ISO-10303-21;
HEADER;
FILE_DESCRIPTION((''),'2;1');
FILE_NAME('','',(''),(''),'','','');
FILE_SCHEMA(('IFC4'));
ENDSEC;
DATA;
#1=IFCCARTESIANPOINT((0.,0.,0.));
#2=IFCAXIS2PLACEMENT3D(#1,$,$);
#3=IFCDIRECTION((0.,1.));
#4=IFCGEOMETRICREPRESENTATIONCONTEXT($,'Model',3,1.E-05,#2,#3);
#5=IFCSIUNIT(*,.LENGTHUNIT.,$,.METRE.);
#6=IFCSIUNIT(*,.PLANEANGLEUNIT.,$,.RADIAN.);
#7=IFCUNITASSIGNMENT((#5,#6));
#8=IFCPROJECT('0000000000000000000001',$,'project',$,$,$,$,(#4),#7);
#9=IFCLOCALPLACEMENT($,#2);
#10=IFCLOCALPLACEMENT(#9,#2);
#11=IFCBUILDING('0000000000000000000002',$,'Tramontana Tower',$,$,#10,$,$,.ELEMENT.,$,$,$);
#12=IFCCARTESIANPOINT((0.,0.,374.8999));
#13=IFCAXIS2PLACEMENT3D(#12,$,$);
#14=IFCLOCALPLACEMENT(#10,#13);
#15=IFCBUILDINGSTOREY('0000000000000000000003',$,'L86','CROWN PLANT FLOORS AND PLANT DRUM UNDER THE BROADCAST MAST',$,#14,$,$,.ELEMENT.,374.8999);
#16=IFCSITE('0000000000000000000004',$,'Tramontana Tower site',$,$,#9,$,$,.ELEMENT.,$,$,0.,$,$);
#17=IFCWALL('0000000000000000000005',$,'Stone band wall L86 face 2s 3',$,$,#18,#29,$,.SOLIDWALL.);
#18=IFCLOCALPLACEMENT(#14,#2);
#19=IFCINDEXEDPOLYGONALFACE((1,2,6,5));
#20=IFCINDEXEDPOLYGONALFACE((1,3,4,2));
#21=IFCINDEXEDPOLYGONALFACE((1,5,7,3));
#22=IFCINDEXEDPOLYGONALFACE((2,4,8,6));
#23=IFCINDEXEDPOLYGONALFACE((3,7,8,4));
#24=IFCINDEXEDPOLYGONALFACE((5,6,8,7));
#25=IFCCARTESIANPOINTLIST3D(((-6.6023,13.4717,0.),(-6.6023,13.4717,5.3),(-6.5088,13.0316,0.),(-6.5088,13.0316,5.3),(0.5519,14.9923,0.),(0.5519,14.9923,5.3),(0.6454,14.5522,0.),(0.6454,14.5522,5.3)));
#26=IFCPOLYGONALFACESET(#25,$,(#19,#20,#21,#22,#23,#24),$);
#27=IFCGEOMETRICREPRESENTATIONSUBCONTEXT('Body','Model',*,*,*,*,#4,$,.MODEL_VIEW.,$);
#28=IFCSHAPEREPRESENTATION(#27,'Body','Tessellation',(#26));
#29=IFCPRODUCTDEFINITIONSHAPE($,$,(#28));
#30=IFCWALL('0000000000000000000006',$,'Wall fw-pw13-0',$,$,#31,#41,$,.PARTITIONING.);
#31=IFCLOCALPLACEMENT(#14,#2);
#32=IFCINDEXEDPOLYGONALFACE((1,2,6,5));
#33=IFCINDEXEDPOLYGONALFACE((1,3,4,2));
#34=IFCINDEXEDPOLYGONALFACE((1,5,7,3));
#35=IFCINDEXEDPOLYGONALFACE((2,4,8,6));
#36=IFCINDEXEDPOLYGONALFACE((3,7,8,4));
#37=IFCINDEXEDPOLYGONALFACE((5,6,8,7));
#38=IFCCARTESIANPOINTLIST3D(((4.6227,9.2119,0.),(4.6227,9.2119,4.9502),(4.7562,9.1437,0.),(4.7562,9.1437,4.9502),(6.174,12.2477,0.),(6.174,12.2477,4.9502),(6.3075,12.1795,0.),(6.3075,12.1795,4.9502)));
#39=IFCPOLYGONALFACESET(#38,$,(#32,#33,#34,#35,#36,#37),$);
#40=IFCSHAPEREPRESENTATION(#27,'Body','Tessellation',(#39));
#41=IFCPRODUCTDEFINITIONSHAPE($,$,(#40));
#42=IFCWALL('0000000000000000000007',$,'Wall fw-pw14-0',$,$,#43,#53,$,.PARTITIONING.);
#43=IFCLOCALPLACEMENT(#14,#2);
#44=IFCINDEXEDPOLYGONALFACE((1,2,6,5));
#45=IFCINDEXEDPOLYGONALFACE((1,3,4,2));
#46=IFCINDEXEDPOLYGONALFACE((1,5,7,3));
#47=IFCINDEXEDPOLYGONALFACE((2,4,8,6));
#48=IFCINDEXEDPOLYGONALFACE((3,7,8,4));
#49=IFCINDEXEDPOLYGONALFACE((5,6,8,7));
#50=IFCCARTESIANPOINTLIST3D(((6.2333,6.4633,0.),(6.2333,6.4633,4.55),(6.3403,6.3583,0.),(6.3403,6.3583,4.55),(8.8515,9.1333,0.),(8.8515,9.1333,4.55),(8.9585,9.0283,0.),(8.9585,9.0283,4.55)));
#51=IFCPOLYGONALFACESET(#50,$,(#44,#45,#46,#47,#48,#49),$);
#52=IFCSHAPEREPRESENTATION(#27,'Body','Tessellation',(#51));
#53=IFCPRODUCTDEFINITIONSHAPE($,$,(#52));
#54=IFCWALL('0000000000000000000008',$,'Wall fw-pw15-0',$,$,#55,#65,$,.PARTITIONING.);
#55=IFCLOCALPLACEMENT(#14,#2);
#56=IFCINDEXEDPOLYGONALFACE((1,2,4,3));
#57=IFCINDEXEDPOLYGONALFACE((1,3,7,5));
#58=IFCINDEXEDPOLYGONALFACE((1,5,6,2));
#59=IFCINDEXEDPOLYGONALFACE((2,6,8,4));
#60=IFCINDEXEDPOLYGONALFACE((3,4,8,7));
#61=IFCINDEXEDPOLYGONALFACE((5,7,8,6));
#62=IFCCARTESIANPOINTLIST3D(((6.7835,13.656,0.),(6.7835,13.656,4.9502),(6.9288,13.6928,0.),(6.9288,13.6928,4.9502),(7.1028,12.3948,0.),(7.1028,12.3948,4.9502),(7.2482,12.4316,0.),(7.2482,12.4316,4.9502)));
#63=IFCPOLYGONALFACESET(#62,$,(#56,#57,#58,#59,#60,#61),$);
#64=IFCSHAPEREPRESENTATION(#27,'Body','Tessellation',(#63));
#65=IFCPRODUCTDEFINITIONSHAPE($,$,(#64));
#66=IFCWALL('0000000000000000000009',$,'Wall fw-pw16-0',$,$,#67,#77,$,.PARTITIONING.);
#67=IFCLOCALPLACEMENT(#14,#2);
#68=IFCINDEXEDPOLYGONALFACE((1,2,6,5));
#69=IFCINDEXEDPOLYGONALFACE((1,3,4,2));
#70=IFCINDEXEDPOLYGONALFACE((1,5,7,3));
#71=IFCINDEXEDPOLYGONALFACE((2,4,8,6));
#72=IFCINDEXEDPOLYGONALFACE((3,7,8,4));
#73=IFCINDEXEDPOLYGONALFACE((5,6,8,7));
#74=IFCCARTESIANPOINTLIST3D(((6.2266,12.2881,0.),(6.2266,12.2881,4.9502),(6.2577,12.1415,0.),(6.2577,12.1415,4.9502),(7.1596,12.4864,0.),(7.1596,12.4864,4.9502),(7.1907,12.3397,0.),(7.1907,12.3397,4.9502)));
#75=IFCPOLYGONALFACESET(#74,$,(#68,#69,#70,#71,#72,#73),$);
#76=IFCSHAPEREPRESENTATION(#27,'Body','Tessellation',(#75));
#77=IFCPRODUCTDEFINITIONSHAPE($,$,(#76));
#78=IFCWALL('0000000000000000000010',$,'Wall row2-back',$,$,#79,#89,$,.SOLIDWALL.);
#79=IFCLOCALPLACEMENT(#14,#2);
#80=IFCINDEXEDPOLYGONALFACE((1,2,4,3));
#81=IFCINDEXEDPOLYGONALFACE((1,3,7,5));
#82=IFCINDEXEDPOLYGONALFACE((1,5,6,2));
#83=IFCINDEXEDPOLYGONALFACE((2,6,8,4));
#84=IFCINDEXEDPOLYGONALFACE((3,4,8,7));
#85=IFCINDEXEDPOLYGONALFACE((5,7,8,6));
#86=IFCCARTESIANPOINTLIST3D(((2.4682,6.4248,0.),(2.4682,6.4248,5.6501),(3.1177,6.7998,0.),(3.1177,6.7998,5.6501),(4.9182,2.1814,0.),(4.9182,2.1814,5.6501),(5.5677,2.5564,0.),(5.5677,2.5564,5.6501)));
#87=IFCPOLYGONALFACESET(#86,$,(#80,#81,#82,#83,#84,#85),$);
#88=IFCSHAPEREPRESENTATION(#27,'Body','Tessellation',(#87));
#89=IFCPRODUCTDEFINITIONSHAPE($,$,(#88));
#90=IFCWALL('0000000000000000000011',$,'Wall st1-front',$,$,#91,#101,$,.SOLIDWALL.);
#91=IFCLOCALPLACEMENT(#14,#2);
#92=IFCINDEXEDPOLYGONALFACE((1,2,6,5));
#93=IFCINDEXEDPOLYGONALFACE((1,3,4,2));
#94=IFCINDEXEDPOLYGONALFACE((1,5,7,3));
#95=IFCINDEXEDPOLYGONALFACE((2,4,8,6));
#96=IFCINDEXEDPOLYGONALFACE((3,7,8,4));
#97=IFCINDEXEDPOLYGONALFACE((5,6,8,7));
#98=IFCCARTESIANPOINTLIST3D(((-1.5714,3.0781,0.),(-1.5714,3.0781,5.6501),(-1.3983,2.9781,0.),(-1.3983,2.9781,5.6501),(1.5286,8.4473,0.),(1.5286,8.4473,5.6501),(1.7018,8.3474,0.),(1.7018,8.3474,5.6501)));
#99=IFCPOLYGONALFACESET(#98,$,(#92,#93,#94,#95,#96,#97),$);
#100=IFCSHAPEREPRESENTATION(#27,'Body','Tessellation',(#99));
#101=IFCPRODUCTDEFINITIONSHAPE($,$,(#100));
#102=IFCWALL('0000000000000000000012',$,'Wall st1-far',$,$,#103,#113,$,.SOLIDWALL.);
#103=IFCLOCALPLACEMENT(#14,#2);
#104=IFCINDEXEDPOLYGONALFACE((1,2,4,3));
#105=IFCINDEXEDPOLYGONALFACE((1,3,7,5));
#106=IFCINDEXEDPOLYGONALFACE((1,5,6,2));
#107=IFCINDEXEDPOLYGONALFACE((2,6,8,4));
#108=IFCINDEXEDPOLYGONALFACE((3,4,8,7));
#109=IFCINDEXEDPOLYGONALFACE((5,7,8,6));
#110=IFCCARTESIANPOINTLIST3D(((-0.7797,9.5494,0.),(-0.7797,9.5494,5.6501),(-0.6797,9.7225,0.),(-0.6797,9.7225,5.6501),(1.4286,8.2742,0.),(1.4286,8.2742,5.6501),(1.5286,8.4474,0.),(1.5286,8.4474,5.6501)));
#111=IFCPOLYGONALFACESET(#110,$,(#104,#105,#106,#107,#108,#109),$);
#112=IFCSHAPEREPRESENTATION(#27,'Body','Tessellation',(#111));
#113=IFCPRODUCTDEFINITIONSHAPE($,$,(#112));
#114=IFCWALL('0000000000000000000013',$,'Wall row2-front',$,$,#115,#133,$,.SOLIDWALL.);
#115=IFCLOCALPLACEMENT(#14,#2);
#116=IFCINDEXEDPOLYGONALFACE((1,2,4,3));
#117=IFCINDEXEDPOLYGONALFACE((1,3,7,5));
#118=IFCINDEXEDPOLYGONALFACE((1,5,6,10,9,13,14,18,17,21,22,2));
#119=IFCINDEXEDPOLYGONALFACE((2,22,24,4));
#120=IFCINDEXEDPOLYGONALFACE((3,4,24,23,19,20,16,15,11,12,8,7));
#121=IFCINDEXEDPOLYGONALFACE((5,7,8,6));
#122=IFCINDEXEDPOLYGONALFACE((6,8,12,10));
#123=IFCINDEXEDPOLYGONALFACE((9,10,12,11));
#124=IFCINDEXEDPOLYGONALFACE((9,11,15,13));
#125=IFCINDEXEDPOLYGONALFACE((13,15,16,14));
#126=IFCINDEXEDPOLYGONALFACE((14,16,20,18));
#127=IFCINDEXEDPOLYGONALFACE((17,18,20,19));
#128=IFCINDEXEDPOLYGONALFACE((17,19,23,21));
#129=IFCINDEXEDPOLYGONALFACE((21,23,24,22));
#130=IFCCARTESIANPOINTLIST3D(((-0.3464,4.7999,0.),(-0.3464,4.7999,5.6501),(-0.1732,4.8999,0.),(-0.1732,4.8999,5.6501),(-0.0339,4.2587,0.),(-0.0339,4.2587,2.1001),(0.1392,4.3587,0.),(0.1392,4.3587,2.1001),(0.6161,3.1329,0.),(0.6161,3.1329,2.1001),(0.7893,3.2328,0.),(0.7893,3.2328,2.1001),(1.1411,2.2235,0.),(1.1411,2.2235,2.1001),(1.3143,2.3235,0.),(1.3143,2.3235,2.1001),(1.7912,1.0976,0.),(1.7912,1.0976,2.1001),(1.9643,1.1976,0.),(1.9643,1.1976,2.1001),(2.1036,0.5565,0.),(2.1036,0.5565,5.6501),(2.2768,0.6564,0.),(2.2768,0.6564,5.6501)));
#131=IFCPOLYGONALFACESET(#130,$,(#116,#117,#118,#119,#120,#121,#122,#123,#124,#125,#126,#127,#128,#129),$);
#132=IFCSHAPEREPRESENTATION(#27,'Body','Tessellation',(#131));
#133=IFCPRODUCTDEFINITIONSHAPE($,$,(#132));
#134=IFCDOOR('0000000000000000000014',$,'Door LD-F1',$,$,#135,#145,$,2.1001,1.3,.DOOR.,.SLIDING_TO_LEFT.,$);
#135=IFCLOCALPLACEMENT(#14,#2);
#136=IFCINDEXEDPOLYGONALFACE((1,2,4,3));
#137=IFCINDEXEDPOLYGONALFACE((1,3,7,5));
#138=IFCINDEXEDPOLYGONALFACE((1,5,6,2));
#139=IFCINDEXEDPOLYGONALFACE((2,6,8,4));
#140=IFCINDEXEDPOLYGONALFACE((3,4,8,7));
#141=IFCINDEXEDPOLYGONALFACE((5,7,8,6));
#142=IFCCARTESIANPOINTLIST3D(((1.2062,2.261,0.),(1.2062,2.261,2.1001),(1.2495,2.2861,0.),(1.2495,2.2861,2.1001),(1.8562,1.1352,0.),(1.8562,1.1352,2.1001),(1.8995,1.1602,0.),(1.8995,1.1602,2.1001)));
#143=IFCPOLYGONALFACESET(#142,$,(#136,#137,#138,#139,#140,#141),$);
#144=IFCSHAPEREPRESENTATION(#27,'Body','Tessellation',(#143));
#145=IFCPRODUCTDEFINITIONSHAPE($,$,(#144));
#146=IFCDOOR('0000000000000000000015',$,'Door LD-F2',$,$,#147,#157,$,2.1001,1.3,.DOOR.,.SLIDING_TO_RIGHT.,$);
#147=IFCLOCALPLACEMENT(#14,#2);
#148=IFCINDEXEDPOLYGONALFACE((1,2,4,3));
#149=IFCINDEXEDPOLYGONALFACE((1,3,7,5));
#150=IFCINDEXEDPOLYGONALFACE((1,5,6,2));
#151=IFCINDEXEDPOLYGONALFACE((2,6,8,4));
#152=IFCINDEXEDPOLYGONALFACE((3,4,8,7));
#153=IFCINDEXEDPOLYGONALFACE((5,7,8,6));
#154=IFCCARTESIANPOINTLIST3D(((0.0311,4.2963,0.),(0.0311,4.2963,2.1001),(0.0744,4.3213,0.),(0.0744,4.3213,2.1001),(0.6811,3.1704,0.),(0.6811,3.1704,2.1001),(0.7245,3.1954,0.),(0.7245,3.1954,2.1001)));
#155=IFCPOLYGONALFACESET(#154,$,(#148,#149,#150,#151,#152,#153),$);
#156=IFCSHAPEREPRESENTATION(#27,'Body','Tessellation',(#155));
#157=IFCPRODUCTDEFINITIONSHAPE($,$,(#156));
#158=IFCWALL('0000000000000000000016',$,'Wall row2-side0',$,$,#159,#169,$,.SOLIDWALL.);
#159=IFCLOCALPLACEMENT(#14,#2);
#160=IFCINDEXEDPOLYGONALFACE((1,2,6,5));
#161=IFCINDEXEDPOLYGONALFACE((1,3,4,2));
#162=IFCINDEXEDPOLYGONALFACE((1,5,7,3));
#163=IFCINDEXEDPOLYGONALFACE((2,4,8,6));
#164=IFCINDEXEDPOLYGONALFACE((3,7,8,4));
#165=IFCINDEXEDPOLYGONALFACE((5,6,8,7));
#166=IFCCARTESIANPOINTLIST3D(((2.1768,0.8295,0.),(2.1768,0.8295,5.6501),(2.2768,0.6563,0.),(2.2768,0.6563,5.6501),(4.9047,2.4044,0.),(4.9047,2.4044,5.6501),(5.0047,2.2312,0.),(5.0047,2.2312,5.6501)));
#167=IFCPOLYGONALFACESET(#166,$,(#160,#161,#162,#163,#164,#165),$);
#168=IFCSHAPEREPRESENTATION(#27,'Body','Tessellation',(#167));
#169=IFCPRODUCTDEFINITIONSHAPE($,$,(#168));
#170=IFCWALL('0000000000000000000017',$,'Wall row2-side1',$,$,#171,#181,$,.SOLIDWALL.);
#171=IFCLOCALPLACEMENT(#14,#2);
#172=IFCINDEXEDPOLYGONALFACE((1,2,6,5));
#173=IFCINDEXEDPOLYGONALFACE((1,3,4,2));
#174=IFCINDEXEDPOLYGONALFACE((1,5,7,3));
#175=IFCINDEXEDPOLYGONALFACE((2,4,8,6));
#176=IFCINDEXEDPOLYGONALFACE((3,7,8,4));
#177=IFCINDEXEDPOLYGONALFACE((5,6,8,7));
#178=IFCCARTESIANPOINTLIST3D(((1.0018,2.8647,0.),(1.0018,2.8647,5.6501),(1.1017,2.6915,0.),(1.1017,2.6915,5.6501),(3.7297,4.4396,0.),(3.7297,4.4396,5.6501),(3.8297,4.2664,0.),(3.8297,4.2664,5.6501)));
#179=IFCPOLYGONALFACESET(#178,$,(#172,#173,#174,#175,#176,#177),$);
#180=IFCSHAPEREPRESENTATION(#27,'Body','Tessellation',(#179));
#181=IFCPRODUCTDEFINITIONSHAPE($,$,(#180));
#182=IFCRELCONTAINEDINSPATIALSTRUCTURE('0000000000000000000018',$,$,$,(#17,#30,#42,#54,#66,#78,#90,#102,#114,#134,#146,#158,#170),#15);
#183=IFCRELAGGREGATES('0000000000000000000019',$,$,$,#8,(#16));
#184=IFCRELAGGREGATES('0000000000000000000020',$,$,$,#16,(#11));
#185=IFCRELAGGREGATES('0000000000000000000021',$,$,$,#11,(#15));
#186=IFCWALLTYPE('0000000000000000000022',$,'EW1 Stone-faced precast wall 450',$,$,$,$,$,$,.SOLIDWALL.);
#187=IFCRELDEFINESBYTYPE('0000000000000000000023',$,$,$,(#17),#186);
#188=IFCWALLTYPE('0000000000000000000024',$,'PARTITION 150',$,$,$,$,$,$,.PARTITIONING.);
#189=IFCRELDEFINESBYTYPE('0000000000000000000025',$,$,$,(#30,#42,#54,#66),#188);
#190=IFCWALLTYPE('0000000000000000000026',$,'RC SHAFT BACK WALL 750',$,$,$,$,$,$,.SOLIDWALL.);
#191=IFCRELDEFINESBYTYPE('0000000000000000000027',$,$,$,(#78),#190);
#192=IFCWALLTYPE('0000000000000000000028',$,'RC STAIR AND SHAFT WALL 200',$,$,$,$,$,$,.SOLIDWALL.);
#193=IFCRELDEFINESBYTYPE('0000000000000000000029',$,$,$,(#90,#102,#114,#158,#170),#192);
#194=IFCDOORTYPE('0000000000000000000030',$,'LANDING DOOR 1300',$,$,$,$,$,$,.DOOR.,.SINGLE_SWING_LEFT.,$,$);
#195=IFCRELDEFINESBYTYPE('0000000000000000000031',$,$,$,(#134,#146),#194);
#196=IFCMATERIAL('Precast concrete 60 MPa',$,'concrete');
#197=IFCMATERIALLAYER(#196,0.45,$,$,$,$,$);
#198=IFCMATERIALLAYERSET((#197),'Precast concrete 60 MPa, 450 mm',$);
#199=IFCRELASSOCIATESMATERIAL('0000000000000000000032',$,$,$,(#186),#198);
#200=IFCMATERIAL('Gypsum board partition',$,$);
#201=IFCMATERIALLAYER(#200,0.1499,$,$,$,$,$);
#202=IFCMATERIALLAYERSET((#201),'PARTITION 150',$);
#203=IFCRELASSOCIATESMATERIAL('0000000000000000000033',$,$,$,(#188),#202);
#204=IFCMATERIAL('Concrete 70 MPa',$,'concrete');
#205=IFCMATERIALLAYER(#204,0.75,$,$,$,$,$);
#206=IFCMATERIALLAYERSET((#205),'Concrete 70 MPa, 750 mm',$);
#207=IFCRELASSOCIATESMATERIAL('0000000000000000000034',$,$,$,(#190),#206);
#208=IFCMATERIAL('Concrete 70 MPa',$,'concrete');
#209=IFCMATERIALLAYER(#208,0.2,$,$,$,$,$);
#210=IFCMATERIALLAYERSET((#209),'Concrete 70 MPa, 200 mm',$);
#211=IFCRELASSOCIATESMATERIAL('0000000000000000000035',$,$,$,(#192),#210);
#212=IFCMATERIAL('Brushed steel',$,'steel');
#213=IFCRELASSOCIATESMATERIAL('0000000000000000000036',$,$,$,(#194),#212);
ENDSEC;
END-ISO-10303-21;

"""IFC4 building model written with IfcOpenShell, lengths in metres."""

from ifc_helpers import new_model, si_unit, direction, frame, frame_2d, origin, place, context, subcontext, project, spatial, rectangle, extrude, material, layer, layer_set, type_object, element, fill, save


model = new_model("IFC4")

# Units and contexts
model_context = context("Model", 3, precision=1e-05, world=origin(), true_north=direction((0.0, 1.0)))
body_context = subcontext(model_context, "Body", "Model", "MODEL_VIEW")
ifc_project = project(units=[si_unit("LENGTHUNIT", "METRE"), si_unit("PLANEANGLEUNIT", "RADIAN")], contexts=[model_context])

# Site, building, storey
site_placement = place(None, origin())
site = spatial("IfcSite", under=ifc_project, at=site_placement, Name="Tramontana Tower site", CompositionType="ELEMENT", RefElevation=0.0)
building_placement = place(site_placement, origin())
building = spatial("IfcBuilding", under=site, at=building_placement, Name="Tramontana Tower", CompositionType="ELEMENT")
storey_placement = place(building_placement, frame((0.0, 0.0, 374.8999)))
storey = spatial("IfcBuildingStorey", under=building, at=storey_placement, Name="L86", Description="CROWN PLANT FLOORS AND PLANT DRUM UNDER THE BROADCAST MAST", CompositionType="ELEMENT", Elevation=374.8999)

# Walls
ifc_material_1 = material(Name="Precast concrete 60 MPa", Category="concrete")
ifc_layer_1 = layer(ifc_material_1, 0.45)
ifc_layer_set_1 = layer_set([ifc_layer_1], Name="Precast concrete 60 MPa, 450 mm")
wall_type_1 = type_object("IfcWallType", Name="EW1 Stone-faced precast wall 450", PredefinedType="SOLIDWALL", material=ifc_layer_set_1)
wall_1_placement = place(storey_placement, frame((0.5986, 14.7722, 0.0), z_axis=(0.0, 0.0, 1.0), x_axis=(-0.978151, -0.207894, 0.0)))
element("IfcWall", 1, at=wall_1_placement, inside=storey, type_object=wall_type_1, Name="Stone band wall L86 face 2s 3", PredefinedType="SOLIDWALL", context=body_context, shape_type="SweptSolid", body=[
    extrude(rectangle(XDim=7.314, YDim=0.45, at=frame_2d((3.657, 0.0))), origin(), (0.0, 0.0, 1.0), 5.3),
])
ifc_material_2 = material(Name="Gypsum board partition")
ifc_layer_2 = layer(ifc_material_2, 0.1499)
ifc_layer_set_2 = layer_set([ifc_layer_2], Name="PARTITION 150")
wall_type_2 = type_object("IfcWallType", Name="PARTITION 150", PredefinedType="PARTITIONING", material=ifc_layer_set_2)
wall_2_placement = place(storey_placement, frame((6.2407, 12.2136, 0.0), z_axis=(0.0, 0.0, 1.0), x_axis=(-0.455016, -0.890483, 0.0)))
element("IfcWall", 2, at=wall_2_placement, inside=storey, type_object=wall_type_2, Name="Wall fw-pw13-0", PredefinedType="PARTITIONING", context=body_context, shape_type="SweptSolid", body=[
    extrude(rectangle(XDim=3.4092, YDim=0.1499, at=frame_2d((1.7046, 0.0))), origin(), (0.0, 0.0, 1.0), 4.9502),
])
wall_3_placement = place(storey_placement, frame((6.2869, 6.4109, 0.0), z_axis=(0.0, 0.0, 1.0), x_axis=(0.700152, 0.713993, 0.0)))
element("IfcWall", 3, at=wall_3_placement, inside=storey, type_object=wall_type_2, Name="Wall fw-pw14-0", PredefinedType="PARTITIONING", context=body_context, shape_type="SweptSolid", body=[
    extrude(rectangle(XDim=3.7395, YDim=0.1499, at=frame_2d((1.8696, 0.0))), origin(), (0.0, 0.0, 1.0), 4.55),
])
wall_4_placement = place(storey_placement, frame((6.8562, 13.6743, 0.0), z_axis=(0.0, 0.0, 1.0), x_axis=(0.245449, -0.96941, 0.0)))
element("IfcWall", 4, at=wall_4_placement, inside=storey, type_object=wall_type_2, Name="Wall fw-pw15-0", PredefinedType="PARTITIONING", context=body_context, shape_type="SweptSolid", body=[
    extrude(rectangle(XDim=1.301, YDim=0.1499, at=frame_2d((0.6504, 0.0))), origin(), (0.0, 0.0, 1.0), 4.9502),
])
wall_5_placement = place(storey_placement, frame((7.1753, 12.4131, 0.0), z_axis=(0.0, 0.0, 1.0), x_axis=(-0.978168, -0.207816, 0.0)))
element("IfcWall", 5, at=wall_5_placement, inside=storey, type_object=wall_type_2, Name="Wall fw-pw16-0", PredefinedType="PARTITIONING", context=body_context, shape_type="SweptSolid", body=[
    extrude(rectangle(XDim=0.9539, YDim=0.1499, at=frame_2d((0.4771, 0.0))), origin(), (0.0, 0.0, 1.0), 4.9502),
])
ifc_material_3 = material(Name="Concrete 70 MPa", Category="concrete")
ifc_layer_3 = layer(ifc_material_3, 0.75)
ifc_layer_set_3 = layer_set([ifc_layer_3], Name="Concrete 70 MPa, 750 mm")
wall_type_3 = type_object("IfcWallType", Name="RC SHAFT BACK WALL 750", PredefinedType="SOLIDWALL", material=ifc_layer_set_3)
wall_6_placement = place(storey_placement, frame((5.2429, 2.3689, 0.0), z_axis=(0.0, 0.0, 1.0), x_axis=(-0.500003, 0.866024, 0.0)))
element("IfcWall", 6, at=wall_6_placement, inside=storey, type_object=wall_type_3, Name="Wall row2-back", PredefinedType="SOLIDWALL", context=body_context, shape_type="SweptSolid", body=[
    extrude(rectangle(XDim=4.8999, YDim=0.75, at=frame_2d((2.45, 0.0))), origin(), (0.0, 0.0, 1.0), 5.6501),
])
ifc_material_4 = material(Name="Concrete 70 MPa", Category="concrete")
ifc_layer_4 = layer(ifc_material_4, 0.2)
ifc_layer_set_4 = layer_set([ifc_layer_4], Name="Concrete 70 MPa, 200 mm")
wall_type_4 = type_object("IfcWallType", Name="RC STAIR AND SHAFT WALL 200", PredefinedType="SOLIDWALL", material=ifc_layer_set_4)
wall_7_placement = place(storey_placement, frame((1.6152, 8.3975, 0.0), z_axis=(0.0, 0.0, 1.0), x_axis=(-0.50001, -0.86602, 0.0)))
element("IfcWall", 7, at=wall_7_placement, inside=storey, type_object=wall_type_4, Name="Wall st1-front", PredefinedType="SOLIDWALL", context=body_context, shape_type="SweptSolid", body=[
    extrude(rectangle(XDim=6.2, YDim=0.2, at=frame_2d((3.1001, 0.0))), origin(), (0.0, 0.0, 1.0), 5.6501),
])
wall_8_placement = place(storey_placement, frame((1.4785, 8.3608, 0.0), z_axis=(0.0, 0.0, 1.0), x_axis=(-0.865989, 0.500062, 0.0)))
element("IfcWall", 8, at=wall_8_placement, inside=storey, type_object=wall_type_4, Name="Wall st1-far", PredefinedType="SOLIDWALL", context=body_context, shape_type="SweptSolid", body=[
    extrude(rectangle(XDim=2.55, YDim=0.2, at=frame_2d((1.2749, 0.0))), origin(), (0.0, 0.0, 1.0), 5.6501),
])

# Wall, openings, doors
wall_9_placement = place(storey_placement, frame((2.1902, 0.6064, 0.0), z_axis=(0.0, 0.0, 1.0), x_axis=(-0.500003, 0.866024, 0.0)))
wall_9 = element("IfcWall", 9, at=wall_9_placement, inside=storey, type_object=wall_type_4, Name="Wall row2-front", PredefinedType="SOLIDWALL", context=body_context, shape_type="SweptSolid", body=[
    extrude(rectangle(XDim=4.8999, YDim=0.2, at=frame_2d((2.45, 0.0))), origin(), (0.0, 0.0, 1.0), 5.6501),
])
opening_1_placement = place(wall_9_placement, frame((0.625, 0.0, 0.0)))
opening_1 = element("IfcOpeningElement", 10, at=opening_1_placement, cuts=wall_9, PredefinedType="OPENING", context=body_context, shape_type="SweptSolid", body=[
    extrude(rectangle(XDim=1.3, YDim=2.1001, at=frame_2d((0.6499, 1.05))), frame((0.0, 0.1099, 0.0), z_axis=(0.0, -1.0, 0.0), x_axis=(1.0, 0.0, 0.0)), (0.0, 0.0, 1.0), 0.22),
])
opening_2_placement = place(wall_9_placement, frame((2.9751, 0.0, 0.0)))
opening_2 = element("IfcOpeningElement", 11, at=opening_2_placement, cuts=wall_9, PredefinedType="OPENING", context=body_context, shape_type="SweptSolid", body=[
    extrude(rectangle(XDim=1.3, YDim=2.1001, at=frame_2d((0.6499, 1.05))), frame((0.0, 0.1099, 0.0), z_axis=(0.0, -1.0, 0.0), x_axis=(1.0, 0.0, 0.0)), (0.0, 0.0, 1.0), 0.22),
])
ifc_material_5 = material(Name="Brushed steel", Category="steel")
door_type_1 = type_object("IfcDoorType", Name="LANDING DOOR 1300", OperationType="SINGLE_SWING_LEFT", PredefinedType="DOOR", material=ifc_material_5)
door_1_placement = place(opening_1_placement, origin())
door_1 = element("IfcDoor", 12, at=door_1_placement, inside=storey, type_object=door_type_1, Name="Door LD-F1", OperationType="SLIDING_TO_LEFT", OverallHeight=2.1001, OverallWidth=1.3, PredefinedType="DOOR", context=body_context, shape_type="SweptSolid", body=[
    extrude(rectangle(XDim=1.3, YDim=2.1001, at=frame_2d((0.6499, 1.05))), frame((0.0, 0.0249, 0.0), z_axis=(0.0, -1.0, 0.0), x_axis=(1.0, 0.0, 0.0)), (0.0, 0.0, 1.0), 0.05),
])
fill(opening_1, door_1)
door_2_placement = place(opening_2_placement, origin())
door_2 = element("IfcDoor", 13, at=door_2_placement, inside=storey, type_object=door_type_1, Name="Door LD-F2", OperationType="SLIDING_TO_RIGHT", OverallHeight=2.1001, OverallWidth=1.3, PredefinedType="DOOR", context=body_context, shape_type="SweptSolid", body=[
    extrude(rectangle(XDim=1.3, YDim=2.1001, at=frame_2d((0.6499, 1.05))), frame((0.0, 0.0249, 0.0), z_axis=(0.0, -1.0, 0.0), x_axis=(1.0, 0.0, 0.0)), (0.0, 0.0, 1.0), 0.05),
])
fill(opening_2, door_2)

# Walls
for number, where, z_axis, x_axis, name in (
    (14, (2.2268, 0.7429, 0.0), (0.0, 0.0, 1.0), (0.866036, 0.499982, 0.0), "Wall row2-side0"),
    (15, (1.0518, 2.7781, 0.0), (0.0, 0.0, 1.0), (0.866036, 0.499982, 0.0), "Wall row2-side1"),
):
    element("IfcWall", number, at=place(storey_placement, frame(where, z_axis=z_axis, x_axis=x_axis)), inside=storey, type_object=wall_type_4, Name=name, PredefinedType="SOLIDWALL", context=body_context, shape_type="SweptSolid", body=[
        extrude(rectangle(XDim=3.1499, YDim=0.2, at=frame_2d((1.575, 0.0))), origin(), (0.0, 0.0, 1.0), 5.6501),
    ])

save(model, "model.ifc")
